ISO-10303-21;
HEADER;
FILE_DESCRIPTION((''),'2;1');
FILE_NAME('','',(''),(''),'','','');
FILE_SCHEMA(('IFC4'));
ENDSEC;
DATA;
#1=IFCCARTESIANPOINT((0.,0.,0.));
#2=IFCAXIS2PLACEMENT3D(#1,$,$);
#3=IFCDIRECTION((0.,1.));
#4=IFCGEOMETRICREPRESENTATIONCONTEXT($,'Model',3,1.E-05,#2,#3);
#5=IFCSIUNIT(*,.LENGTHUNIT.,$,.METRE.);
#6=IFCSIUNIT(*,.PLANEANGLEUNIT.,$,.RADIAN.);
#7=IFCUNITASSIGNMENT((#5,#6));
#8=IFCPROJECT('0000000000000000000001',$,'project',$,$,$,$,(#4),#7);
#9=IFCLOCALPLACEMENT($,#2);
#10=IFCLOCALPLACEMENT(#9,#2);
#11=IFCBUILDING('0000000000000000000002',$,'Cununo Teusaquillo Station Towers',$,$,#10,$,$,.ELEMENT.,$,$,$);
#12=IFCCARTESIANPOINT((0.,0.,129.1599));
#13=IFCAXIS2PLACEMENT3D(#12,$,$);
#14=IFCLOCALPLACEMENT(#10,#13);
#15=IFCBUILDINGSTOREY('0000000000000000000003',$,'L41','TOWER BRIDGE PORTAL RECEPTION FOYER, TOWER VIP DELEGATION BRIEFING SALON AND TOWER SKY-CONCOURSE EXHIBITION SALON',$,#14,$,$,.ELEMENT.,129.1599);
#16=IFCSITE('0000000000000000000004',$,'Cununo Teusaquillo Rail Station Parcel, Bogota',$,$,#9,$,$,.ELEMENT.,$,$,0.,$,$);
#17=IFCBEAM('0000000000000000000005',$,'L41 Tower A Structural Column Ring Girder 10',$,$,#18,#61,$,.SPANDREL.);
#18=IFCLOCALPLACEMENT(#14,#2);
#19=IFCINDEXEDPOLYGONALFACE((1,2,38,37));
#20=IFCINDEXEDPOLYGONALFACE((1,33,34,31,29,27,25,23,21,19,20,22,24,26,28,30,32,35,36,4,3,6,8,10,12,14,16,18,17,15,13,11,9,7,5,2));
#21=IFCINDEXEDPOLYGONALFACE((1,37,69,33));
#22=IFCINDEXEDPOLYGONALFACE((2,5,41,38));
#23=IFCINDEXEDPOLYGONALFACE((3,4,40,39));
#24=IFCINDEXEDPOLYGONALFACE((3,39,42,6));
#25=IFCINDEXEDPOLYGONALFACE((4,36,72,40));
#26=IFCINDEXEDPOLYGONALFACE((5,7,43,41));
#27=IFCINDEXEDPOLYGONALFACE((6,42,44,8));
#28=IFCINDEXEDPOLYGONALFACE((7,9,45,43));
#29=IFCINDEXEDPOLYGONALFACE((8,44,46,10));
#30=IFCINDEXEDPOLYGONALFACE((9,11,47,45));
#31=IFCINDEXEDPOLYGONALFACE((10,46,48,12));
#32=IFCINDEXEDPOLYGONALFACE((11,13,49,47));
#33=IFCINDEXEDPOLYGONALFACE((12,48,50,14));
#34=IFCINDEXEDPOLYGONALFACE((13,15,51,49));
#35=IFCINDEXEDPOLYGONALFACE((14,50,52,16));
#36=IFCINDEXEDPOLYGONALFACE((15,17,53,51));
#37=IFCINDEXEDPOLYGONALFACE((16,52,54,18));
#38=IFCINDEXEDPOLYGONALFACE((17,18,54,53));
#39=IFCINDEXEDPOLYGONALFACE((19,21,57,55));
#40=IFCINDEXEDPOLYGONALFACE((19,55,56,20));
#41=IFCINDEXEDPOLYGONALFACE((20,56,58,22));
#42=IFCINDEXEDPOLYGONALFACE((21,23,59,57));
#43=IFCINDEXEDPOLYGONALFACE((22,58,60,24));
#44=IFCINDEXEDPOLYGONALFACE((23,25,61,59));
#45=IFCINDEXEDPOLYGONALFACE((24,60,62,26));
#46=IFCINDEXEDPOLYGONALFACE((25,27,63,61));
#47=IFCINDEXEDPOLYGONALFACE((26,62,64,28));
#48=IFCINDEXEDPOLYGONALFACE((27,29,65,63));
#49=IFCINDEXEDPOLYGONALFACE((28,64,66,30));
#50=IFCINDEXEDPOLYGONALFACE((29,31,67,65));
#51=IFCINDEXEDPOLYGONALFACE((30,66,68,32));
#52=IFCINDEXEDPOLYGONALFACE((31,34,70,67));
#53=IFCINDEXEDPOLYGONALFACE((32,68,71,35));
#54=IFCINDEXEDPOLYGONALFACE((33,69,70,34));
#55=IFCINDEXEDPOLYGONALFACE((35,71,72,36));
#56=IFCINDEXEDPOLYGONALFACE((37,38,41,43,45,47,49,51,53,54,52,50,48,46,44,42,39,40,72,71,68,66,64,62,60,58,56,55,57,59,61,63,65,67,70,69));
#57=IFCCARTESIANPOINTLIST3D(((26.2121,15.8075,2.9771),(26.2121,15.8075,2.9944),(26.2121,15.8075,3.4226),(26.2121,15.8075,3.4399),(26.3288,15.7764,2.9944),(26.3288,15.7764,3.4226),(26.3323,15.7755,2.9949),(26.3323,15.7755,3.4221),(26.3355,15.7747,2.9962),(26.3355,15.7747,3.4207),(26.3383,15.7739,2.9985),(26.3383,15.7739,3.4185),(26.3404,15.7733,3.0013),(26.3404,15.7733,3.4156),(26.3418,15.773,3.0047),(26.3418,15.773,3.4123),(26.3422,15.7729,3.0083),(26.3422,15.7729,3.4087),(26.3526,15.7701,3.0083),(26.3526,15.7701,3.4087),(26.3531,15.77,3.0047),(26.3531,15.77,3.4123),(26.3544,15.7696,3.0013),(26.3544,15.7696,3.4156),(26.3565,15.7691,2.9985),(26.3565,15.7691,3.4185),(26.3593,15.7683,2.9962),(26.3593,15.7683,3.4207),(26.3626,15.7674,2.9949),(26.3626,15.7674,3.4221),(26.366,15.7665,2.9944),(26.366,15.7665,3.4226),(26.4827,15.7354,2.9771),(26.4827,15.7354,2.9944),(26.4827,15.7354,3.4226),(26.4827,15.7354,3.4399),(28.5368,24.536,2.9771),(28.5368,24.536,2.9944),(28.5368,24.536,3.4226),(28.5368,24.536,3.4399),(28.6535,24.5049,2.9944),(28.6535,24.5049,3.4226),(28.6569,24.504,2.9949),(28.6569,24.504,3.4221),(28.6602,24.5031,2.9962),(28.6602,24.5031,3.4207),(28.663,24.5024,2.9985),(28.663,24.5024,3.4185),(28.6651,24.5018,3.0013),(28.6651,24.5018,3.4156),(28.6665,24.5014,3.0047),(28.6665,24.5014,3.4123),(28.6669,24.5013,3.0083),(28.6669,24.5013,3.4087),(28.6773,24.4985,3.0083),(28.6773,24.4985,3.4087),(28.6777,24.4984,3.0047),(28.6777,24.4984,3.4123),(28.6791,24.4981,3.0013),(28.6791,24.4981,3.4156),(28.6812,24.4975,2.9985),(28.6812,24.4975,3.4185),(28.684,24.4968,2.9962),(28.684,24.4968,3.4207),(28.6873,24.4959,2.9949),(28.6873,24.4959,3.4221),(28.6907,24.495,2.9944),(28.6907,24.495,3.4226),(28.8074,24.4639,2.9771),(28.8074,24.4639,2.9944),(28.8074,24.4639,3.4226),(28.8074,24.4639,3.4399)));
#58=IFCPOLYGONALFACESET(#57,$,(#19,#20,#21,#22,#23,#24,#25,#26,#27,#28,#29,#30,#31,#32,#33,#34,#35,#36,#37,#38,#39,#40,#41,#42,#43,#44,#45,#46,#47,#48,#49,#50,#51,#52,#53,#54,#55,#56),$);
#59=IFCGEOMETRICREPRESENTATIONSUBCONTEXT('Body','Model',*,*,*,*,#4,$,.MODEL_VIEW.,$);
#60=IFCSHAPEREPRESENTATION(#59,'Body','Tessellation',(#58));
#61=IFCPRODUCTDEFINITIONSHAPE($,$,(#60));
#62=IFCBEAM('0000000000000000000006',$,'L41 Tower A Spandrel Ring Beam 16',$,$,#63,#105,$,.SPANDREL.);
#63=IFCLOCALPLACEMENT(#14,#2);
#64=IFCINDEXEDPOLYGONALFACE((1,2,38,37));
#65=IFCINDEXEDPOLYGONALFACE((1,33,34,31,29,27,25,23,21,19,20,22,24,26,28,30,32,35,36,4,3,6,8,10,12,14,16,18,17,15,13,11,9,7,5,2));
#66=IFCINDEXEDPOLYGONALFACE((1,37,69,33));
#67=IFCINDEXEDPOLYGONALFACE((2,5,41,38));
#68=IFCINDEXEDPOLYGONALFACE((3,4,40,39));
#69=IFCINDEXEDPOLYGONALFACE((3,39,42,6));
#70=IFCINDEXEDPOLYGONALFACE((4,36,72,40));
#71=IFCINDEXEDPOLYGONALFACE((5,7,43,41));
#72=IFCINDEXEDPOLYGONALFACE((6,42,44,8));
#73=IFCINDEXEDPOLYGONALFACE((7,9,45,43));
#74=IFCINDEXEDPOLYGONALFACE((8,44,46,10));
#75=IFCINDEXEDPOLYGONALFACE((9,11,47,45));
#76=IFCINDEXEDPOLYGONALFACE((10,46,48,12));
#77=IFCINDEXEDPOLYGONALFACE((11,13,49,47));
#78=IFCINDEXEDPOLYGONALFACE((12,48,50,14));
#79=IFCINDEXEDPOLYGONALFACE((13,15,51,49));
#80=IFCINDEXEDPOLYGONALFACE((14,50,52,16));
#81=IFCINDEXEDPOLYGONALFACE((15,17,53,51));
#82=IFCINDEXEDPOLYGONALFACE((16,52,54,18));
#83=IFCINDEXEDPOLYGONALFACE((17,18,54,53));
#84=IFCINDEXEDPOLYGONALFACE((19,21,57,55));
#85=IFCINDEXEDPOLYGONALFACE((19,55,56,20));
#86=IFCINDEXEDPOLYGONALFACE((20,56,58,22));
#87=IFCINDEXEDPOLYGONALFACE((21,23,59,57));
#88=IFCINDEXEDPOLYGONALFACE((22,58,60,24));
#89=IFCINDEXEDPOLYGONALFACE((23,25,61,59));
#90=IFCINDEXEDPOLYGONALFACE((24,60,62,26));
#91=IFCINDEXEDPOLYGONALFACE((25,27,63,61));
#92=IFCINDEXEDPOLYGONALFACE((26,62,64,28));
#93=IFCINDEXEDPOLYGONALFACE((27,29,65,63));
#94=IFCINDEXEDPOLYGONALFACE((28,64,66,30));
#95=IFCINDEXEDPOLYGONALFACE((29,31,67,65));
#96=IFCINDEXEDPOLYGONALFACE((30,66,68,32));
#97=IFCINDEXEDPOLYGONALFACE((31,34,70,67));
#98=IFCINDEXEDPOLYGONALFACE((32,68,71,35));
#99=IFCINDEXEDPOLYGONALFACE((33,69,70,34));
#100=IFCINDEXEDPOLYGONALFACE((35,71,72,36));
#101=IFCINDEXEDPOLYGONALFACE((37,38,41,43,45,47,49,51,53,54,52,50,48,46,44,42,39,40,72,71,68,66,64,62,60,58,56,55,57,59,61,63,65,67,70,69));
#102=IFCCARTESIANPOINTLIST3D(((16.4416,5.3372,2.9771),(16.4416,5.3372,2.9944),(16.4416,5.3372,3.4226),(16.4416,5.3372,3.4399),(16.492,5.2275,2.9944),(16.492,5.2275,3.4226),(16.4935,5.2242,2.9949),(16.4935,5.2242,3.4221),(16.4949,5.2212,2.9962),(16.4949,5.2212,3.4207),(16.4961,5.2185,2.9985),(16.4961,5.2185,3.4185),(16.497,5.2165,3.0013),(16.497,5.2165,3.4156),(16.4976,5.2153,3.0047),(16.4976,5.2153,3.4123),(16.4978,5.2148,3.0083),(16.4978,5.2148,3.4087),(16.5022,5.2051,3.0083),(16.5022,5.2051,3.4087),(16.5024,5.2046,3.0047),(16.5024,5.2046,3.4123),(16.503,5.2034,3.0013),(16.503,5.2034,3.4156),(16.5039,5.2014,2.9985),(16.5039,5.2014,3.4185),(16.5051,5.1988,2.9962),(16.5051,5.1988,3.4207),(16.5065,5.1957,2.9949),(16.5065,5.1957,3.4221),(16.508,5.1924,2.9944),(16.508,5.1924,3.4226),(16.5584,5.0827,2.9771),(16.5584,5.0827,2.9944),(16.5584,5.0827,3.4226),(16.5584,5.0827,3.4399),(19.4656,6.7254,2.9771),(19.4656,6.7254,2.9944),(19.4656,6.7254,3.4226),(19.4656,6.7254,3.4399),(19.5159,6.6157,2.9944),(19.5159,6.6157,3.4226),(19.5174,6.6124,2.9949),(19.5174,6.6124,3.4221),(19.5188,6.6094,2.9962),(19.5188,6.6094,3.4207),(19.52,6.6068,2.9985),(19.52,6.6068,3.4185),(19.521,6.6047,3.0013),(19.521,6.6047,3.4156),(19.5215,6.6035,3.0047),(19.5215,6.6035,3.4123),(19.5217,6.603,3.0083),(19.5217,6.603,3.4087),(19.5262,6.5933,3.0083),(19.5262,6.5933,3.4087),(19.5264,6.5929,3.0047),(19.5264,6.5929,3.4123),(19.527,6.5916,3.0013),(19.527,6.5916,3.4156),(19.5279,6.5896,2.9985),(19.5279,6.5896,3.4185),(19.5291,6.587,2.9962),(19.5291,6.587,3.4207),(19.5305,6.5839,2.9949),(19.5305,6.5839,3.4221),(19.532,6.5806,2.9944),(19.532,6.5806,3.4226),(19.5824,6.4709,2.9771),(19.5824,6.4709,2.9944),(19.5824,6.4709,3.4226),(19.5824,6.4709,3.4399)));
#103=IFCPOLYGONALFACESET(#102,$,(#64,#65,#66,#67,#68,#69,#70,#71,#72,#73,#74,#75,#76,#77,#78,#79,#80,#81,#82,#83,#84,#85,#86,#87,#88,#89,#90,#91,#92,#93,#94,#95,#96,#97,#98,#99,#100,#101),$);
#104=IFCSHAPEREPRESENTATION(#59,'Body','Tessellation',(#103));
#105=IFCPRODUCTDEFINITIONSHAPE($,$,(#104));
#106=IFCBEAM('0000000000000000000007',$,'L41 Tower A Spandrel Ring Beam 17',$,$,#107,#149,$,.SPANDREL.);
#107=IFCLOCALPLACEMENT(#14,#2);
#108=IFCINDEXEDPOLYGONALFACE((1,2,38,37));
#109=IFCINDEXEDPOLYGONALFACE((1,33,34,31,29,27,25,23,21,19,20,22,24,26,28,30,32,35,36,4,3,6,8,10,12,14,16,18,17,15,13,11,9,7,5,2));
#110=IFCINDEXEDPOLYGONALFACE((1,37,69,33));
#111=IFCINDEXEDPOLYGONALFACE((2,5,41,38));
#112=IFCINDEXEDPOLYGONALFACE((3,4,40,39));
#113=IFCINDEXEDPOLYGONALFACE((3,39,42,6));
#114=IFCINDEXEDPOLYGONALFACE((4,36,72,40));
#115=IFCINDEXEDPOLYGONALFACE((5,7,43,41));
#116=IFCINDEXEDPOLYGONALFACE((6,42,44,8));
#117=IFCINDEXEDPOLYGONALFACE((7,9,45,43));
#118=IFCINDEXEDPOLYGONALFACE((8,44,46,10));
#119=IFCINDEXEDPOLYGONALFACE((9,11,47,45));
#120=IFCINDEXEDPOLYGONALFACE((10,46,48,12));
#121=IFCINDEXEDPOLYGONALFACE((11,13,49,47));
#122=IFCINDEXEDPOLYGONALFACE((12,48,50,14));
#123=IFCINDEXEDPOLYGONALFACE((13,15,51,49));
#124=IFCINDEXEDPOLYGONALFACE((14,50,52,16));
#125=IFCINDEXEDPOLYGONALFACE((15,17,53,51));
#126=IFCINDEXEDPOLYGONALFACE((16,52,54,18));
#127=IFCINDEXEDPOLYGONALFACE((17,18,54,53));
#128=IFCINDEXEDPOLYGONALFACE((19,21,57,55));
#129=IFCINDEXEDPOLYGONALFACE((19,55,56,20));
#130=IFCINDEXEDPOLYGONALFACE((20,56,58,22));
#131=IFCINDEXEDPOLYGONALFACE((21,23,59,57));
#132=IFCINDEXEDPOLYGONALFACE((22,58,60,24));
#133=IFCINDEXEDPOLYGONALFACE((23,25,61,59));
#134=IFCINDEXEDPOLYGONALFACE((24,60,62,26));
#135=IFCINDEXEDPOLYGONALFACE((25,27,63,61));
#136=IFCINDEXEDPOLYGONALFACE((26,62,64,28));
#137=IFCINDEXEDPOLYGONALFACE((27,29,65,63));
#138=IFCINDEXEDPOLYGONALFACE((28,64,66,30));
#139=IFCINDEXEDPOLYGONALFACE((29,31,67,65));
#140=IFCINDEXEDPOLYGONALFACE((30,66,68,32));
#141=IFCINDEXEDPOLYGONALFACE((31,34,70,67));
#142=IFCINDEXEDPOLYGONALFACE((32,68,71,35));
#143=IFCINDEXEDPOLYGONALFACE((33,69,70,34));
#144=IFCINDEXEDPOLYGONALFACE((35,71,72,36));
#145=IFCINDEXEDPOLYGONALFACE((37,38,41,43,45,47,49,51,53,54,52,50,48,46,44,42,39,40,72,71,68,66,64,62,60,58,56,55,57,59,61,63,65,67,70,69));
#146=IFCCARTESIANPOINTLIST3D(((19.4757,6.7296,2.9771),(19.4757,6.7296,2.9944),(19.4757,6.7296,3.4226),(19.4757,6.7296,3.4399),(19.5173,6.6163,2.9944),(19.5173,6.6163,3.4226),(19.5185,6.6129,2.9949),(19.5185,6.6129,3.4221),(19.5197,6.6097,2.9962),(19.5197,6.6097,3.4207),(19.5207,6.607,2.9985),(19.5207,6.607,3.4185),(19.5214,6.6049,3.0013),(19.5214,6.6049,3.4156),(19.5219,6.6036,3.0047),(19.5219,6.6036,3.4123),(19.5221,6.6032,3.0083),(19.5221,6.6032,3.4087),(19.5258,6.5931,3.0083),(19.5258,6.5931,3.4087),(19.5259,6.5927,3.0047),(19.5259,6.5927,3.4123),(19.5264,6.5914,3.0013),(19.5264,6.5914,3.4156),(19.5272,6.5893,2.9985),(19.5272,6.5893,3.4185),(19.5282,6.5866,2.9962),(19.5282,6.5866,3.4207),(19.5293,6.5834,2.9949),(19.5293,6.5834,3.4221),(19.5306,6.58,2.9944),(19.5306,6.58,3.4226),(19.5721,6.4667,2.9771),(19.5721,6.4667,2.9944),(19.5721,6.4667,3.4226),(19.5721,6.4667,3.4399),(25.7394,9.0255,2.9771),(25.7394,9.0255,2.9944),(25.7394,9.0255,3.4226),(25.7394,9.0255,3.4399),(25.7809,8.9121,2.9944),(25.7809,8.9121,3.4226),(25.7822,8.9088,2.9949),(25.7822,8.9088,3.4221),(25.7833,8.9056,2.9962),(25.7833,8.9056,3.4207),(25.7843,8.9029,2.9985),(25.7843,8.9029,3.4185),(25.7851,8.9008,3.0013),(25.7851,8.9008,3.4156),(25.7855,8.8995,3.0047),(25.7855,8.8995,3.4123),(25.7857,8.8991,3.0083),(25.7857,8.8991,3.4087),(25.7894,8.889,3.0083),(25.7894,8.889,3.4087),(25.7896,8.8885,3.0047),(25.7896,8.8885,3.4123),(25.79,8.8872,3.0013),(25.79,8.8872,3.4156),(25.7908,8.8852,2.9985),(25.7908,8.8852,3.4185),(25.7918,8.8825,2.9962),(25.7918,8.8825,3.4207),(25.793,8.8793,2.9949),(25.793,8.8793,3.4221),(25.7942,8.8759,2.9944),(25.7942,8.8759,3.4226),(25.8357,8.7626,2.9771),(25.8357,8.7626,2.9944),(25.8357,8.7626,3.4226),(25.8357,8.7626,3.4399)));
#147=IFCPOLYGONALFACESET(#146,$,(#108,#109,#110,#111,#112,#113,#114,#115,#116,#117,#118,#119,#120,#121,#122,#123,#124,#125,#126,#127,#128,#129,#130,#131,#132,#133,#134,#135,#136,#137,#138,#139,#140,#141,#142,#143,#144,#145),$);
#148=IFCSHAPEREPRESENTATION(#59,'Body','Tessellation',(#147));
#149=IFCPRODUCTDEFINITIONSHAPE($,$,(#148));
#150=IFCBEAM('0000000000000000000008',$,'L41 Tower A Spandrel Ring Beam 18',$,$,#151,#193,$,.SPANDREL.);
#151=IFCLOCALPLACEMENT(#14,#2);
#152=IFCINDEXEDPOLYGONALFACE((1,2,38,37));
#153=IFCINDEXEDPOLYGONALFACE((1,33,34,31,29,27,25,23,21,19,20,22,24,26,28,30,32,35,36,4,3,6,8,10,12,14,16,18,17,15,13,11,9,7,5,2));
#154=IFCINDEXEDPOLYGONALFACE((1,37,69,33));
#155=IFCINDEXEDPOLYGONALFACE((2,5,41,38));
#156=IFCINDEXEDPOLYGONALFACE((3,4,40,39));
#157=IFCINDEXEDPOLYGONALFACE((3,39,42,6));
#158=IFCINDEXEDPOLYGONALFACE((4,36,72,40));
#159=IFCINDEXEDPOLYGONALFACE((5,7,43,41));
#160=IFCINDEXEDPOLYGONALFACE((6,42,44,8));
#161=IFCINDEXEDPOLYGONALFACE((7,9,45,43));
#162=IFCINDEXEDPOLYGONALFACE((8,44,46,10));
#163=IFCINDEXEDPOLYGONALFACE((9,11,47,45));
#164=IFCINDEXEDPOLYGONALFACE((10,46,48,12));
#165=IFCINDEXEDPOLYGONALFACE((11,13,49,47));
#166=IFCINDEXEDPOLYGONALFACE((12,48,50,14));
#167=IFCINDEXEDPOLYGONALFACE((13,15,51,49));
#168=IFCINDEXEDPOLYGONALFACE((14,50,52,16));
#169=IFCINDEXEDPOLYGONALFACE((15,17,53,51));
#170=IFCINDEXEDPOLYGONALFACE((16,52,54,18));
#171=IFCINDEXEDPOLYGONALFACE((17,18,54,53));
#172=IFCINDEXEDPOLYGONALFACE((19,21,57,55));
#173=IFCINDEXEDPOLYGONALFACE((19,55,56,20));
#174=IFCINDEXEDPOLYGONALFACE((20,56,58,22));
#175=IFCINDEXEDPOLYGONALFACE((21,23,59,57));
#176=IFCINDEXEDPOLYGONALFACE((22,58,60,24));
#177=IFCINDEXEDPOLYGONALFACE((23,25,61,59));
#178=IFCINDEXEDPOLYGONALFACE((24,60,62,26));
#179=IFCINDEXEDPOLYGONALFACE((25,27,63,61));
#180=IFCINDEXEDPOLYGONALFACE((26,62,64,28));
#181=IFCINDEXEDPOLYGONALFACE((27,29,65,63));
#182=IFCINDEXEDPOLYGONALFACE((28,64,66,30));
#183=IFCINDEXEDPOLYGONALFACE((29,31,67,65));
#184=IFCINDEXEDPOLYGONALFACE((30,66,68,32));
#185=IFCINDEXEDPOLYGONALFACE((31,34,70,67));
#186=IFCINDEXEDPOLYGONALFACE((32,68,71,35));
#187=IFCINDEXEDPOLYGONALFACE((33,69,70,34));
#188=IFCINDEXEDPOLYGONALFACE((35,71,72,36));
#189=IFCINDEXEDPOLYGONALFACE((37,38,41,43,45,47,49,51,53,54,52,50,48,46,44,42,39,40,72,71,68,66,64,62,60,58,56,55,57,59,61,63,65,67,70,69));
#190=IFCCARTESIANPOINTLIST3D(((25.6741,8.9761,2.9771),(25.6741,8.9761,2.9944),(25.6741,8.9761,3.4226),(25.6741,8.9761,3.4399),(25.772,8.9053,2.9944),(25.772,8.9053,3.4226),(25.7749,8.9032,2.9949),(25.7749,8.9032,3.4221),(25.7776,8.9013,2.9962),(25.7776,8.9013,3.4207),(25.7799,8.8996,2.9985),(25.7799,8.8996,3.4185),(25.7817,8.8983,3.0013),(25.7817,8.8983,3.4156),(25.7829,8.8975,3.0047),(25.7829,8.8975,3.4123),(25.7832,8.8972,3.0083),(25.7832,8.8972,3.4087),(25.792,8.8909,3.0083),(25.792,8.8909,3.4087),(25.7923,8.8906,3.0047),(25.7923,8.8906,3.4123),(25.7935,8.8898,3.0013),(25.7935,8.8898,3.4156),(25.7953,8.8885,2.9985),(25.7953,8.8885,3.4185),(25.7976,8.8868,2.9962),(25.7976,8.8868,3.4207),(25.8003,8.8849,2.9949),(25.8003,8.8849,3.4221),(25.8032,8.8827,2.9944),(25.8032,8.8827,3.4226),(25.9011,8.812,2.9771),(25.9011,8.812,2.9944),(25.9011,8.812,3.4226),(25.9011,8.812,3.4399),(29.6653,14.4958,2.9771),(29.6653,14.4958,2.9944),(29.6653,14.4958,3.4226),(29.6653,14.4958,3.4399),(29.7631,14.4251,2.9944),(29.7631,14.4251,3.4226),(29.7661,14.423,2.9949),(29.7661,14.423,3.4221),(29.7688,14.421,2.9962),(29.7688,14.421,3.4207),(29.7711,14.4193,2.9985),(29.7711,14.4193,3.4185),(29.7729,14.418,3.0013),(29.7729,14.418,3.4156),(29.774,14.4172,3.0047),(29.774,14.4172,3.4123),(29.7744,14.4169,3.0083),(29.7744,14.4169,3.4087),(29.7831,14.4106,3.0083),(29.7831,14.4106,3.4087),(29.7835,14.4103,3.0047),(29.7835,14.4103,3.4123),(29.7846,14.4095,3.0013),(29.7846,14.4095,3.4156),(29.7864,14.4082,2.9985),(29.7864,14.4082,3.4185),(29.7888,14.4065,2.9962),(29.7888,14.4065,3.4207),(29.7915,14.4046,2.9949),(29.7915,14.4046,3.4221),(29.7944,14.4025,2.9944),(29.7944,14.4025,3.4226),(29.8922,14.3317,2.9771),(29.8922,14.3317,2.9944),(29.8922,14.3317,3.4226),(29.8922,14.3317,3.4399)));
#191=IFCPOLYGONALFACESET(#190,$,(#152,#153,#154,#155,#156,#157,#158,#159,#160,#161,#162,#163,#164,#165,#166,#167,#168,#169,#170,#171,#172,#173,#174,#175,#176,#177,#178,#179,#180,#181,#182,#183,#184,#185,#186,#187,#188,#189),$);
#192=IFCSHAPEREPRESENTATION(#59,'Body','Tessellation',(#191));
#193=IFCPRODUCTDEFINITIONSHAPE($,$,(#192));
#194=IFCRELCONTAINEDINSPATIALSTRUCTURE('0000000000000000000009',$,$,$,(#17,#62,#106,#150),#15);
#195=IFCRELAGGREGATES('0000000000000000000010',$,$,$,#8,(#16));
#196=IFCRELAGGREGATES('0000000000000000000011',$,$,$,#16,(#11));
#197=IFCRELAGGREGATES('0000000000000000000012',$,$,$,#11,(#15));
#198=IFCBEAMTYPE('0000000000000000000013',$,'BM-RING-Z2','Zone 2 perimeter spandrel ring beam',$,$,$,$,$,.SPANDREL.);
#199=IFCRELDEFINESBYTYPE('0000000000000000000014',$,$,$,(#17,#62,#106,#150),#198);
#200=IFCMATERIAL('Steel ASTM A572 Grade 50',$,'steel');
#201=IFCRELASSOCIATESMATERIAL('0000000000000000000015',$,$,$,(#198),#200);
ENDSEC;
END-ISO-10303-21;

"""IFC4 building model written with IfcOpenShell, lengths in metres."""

from ifc_helpers import new_model, si_unit, direction, frame, origin, origin_2d, place, context, subcontext, project, spatial, i_section, extrude, material, material_profile, profile_set, type_object, element, save


model = new_model("IFC4")

# Units and contexts
model_context = context("Model", 3, precision=1e-05, world=origin(), true_north=direction((0.0, 1.0)))
body_context = subcontext(model_context, "Body", "Model", "MODEL_VIEW")
ifc_project = project(units=[si_unit("LENGTHUNIT", "METRE"), si_unit("PLANEANGLEUNIT", "RADIAN")], contexts=[model_context])

# Site, building, storey
site_placement = place(None, origin())
site = spatial("IfcSite", under=ifc_project, at=site_placement, Name="Cununo Teusaquillo Rail Station Parcel, Bogota", CompositionType="ELEMENT", RefElevation=0.0)
building_placement = place(site_placement, origin())
building = spatial("IfcBuilding", under=site, at=building_placement, Name="Cununo Teusaquillo Station Towers", CompositionType="ELEMENT")
storey_placement = place(building_placement, frame((0.0, 0.0, 129.1599)))
storey = spatial("IfcBuildingStorey", under=building, at=storey_placement, Name="L41", Description="TOWER BRIDGE PORTAL RECEPTION FOYER, TOWER VIP DELEGATION BRIEFING SALON AND TOWER SKY-CONCOURSE EXHIBITION SALON", CompositionType="ELEMENT", Elevation=129.1599)

# Beams
ifc_material_1 = material(Name="Steel ASTM A572 Grade 50", Category="steel")
ifc_material_profile_1 = material_profile(ifc_material_1, i_section(OverallWidth=0.28, OverallDepth=0.4629, WebThickness=0.0107, FlangeThickness=0.0173, FilletRadius=0.0139, at=origin_2d()), Name="W18X76")
ifc_profile_set_1 = profile_set([ifc_material_profile_1], Name="Steel ASTM A572 Grade 50")
beam_type_1 = type_object("IfcBeamType", Name="BM-RING-Z2", Description="Zone 2 perimeter spandrel ring beam", PredefinedType="SPANDREL", material=ifc_profile_set_1)
beam_1_placement = place(storey_placement, frame((26.3474, 15.7715, 3.2085), z_axis=(0.257363, 0.966315, 0.0), x_axis=(-0.966315, 0.257363, 0.0)))
element("IfcBeam", 1, at=beam_1_placement, inside=storey, type_object=beam_type_1, Name="L41 Tower A Structural Column Ring Girder 10", PredefinedType="SPANDREL", context=body_context, shape_type="SweptSolid", body=[
    extrude(i_section(OverallWidth=0.28, OverallDepth=0.4629, WebThickness=0.0107, FlangeThickness=0.0173, FilletRadius=0.0139, at=origin_2d()), origin(), (0.0, 0.0, 1.0), 9.0327),
])
beam_2_placement = place(storey_placement, frame((16.5, 5.21, 3.2085), z_axis=(0.908812, 0.417205, 0.0), x_axis=(-0.417205, 0.908812, 0.0)))
element("IfcBeam", 2, at=beam_2_placement, inside=storey, type_object=beam_type_1, Name="L41 Tower A Spandrel Ring Beam 16", PredefinedType="SPANDREL", context=body_context, shape_type="SweptSolid", body=[
    extrude(i_section(OverallWidth=0.28, OverallDepth=0.4629, WebThickness=0.0107, FlangeThickness=0.0173, FilletRadius=0.0139, at=origin_2d()), origin(), (0.0, 0.0, 1.0), 3.3274),
])
beam_3_placement = place(storey_placement, frame((19.5239, 6.5981, 3.2085), z_axis=(0.938914, 0.344151, 0.0), x_axis=(-0.344151, 0.938914, 0.0)))
element("IfcBeam", 3, at=beam_3_placement, inside=storey, type_object=beam_type_1, Name="L41 Tower A Spandrel Ring Beam 17", PredefinedType="SPANDREL", context=body_context, shape_type="SweptSolid", body=[
    extrude(i_section(OverallWidth=0.28, OverallDepth=0.4629, WebThickness=0.0107, FlangeThickness=0.0173, FilletRadius=0.0139, at=origin_2d()), origin(), (0.0, 0.0, 1.0), 6.6711),
])
beam_4_placement = place(storey_placement, frame((25.7876, 8.894, 3.2085), z_axis=(0.585945, 0.810351, 0.0), x_axis=(-0.810351, 0.585945, 0.0)))
element("IfcBeam", 4, at=beam_4_placement, inside=storey, type_object=beam_type_1, Name="L41 Tower A Spandrel Ring Beam 18", PredefinedType="SPANDREL", context=body_context, shape_type="SweptSolid", body=[
    extrude(i_section(OverallWidth=0.28, OverallDepth=0.4629, WebThickness=0.0107, FlangeThickness=0.0173, FilletRadius=0.0139, at=origin_2d()), origin(), (0.0, 0.0, 1.0), 6.8115),
])

save(model, "model.ifc")
